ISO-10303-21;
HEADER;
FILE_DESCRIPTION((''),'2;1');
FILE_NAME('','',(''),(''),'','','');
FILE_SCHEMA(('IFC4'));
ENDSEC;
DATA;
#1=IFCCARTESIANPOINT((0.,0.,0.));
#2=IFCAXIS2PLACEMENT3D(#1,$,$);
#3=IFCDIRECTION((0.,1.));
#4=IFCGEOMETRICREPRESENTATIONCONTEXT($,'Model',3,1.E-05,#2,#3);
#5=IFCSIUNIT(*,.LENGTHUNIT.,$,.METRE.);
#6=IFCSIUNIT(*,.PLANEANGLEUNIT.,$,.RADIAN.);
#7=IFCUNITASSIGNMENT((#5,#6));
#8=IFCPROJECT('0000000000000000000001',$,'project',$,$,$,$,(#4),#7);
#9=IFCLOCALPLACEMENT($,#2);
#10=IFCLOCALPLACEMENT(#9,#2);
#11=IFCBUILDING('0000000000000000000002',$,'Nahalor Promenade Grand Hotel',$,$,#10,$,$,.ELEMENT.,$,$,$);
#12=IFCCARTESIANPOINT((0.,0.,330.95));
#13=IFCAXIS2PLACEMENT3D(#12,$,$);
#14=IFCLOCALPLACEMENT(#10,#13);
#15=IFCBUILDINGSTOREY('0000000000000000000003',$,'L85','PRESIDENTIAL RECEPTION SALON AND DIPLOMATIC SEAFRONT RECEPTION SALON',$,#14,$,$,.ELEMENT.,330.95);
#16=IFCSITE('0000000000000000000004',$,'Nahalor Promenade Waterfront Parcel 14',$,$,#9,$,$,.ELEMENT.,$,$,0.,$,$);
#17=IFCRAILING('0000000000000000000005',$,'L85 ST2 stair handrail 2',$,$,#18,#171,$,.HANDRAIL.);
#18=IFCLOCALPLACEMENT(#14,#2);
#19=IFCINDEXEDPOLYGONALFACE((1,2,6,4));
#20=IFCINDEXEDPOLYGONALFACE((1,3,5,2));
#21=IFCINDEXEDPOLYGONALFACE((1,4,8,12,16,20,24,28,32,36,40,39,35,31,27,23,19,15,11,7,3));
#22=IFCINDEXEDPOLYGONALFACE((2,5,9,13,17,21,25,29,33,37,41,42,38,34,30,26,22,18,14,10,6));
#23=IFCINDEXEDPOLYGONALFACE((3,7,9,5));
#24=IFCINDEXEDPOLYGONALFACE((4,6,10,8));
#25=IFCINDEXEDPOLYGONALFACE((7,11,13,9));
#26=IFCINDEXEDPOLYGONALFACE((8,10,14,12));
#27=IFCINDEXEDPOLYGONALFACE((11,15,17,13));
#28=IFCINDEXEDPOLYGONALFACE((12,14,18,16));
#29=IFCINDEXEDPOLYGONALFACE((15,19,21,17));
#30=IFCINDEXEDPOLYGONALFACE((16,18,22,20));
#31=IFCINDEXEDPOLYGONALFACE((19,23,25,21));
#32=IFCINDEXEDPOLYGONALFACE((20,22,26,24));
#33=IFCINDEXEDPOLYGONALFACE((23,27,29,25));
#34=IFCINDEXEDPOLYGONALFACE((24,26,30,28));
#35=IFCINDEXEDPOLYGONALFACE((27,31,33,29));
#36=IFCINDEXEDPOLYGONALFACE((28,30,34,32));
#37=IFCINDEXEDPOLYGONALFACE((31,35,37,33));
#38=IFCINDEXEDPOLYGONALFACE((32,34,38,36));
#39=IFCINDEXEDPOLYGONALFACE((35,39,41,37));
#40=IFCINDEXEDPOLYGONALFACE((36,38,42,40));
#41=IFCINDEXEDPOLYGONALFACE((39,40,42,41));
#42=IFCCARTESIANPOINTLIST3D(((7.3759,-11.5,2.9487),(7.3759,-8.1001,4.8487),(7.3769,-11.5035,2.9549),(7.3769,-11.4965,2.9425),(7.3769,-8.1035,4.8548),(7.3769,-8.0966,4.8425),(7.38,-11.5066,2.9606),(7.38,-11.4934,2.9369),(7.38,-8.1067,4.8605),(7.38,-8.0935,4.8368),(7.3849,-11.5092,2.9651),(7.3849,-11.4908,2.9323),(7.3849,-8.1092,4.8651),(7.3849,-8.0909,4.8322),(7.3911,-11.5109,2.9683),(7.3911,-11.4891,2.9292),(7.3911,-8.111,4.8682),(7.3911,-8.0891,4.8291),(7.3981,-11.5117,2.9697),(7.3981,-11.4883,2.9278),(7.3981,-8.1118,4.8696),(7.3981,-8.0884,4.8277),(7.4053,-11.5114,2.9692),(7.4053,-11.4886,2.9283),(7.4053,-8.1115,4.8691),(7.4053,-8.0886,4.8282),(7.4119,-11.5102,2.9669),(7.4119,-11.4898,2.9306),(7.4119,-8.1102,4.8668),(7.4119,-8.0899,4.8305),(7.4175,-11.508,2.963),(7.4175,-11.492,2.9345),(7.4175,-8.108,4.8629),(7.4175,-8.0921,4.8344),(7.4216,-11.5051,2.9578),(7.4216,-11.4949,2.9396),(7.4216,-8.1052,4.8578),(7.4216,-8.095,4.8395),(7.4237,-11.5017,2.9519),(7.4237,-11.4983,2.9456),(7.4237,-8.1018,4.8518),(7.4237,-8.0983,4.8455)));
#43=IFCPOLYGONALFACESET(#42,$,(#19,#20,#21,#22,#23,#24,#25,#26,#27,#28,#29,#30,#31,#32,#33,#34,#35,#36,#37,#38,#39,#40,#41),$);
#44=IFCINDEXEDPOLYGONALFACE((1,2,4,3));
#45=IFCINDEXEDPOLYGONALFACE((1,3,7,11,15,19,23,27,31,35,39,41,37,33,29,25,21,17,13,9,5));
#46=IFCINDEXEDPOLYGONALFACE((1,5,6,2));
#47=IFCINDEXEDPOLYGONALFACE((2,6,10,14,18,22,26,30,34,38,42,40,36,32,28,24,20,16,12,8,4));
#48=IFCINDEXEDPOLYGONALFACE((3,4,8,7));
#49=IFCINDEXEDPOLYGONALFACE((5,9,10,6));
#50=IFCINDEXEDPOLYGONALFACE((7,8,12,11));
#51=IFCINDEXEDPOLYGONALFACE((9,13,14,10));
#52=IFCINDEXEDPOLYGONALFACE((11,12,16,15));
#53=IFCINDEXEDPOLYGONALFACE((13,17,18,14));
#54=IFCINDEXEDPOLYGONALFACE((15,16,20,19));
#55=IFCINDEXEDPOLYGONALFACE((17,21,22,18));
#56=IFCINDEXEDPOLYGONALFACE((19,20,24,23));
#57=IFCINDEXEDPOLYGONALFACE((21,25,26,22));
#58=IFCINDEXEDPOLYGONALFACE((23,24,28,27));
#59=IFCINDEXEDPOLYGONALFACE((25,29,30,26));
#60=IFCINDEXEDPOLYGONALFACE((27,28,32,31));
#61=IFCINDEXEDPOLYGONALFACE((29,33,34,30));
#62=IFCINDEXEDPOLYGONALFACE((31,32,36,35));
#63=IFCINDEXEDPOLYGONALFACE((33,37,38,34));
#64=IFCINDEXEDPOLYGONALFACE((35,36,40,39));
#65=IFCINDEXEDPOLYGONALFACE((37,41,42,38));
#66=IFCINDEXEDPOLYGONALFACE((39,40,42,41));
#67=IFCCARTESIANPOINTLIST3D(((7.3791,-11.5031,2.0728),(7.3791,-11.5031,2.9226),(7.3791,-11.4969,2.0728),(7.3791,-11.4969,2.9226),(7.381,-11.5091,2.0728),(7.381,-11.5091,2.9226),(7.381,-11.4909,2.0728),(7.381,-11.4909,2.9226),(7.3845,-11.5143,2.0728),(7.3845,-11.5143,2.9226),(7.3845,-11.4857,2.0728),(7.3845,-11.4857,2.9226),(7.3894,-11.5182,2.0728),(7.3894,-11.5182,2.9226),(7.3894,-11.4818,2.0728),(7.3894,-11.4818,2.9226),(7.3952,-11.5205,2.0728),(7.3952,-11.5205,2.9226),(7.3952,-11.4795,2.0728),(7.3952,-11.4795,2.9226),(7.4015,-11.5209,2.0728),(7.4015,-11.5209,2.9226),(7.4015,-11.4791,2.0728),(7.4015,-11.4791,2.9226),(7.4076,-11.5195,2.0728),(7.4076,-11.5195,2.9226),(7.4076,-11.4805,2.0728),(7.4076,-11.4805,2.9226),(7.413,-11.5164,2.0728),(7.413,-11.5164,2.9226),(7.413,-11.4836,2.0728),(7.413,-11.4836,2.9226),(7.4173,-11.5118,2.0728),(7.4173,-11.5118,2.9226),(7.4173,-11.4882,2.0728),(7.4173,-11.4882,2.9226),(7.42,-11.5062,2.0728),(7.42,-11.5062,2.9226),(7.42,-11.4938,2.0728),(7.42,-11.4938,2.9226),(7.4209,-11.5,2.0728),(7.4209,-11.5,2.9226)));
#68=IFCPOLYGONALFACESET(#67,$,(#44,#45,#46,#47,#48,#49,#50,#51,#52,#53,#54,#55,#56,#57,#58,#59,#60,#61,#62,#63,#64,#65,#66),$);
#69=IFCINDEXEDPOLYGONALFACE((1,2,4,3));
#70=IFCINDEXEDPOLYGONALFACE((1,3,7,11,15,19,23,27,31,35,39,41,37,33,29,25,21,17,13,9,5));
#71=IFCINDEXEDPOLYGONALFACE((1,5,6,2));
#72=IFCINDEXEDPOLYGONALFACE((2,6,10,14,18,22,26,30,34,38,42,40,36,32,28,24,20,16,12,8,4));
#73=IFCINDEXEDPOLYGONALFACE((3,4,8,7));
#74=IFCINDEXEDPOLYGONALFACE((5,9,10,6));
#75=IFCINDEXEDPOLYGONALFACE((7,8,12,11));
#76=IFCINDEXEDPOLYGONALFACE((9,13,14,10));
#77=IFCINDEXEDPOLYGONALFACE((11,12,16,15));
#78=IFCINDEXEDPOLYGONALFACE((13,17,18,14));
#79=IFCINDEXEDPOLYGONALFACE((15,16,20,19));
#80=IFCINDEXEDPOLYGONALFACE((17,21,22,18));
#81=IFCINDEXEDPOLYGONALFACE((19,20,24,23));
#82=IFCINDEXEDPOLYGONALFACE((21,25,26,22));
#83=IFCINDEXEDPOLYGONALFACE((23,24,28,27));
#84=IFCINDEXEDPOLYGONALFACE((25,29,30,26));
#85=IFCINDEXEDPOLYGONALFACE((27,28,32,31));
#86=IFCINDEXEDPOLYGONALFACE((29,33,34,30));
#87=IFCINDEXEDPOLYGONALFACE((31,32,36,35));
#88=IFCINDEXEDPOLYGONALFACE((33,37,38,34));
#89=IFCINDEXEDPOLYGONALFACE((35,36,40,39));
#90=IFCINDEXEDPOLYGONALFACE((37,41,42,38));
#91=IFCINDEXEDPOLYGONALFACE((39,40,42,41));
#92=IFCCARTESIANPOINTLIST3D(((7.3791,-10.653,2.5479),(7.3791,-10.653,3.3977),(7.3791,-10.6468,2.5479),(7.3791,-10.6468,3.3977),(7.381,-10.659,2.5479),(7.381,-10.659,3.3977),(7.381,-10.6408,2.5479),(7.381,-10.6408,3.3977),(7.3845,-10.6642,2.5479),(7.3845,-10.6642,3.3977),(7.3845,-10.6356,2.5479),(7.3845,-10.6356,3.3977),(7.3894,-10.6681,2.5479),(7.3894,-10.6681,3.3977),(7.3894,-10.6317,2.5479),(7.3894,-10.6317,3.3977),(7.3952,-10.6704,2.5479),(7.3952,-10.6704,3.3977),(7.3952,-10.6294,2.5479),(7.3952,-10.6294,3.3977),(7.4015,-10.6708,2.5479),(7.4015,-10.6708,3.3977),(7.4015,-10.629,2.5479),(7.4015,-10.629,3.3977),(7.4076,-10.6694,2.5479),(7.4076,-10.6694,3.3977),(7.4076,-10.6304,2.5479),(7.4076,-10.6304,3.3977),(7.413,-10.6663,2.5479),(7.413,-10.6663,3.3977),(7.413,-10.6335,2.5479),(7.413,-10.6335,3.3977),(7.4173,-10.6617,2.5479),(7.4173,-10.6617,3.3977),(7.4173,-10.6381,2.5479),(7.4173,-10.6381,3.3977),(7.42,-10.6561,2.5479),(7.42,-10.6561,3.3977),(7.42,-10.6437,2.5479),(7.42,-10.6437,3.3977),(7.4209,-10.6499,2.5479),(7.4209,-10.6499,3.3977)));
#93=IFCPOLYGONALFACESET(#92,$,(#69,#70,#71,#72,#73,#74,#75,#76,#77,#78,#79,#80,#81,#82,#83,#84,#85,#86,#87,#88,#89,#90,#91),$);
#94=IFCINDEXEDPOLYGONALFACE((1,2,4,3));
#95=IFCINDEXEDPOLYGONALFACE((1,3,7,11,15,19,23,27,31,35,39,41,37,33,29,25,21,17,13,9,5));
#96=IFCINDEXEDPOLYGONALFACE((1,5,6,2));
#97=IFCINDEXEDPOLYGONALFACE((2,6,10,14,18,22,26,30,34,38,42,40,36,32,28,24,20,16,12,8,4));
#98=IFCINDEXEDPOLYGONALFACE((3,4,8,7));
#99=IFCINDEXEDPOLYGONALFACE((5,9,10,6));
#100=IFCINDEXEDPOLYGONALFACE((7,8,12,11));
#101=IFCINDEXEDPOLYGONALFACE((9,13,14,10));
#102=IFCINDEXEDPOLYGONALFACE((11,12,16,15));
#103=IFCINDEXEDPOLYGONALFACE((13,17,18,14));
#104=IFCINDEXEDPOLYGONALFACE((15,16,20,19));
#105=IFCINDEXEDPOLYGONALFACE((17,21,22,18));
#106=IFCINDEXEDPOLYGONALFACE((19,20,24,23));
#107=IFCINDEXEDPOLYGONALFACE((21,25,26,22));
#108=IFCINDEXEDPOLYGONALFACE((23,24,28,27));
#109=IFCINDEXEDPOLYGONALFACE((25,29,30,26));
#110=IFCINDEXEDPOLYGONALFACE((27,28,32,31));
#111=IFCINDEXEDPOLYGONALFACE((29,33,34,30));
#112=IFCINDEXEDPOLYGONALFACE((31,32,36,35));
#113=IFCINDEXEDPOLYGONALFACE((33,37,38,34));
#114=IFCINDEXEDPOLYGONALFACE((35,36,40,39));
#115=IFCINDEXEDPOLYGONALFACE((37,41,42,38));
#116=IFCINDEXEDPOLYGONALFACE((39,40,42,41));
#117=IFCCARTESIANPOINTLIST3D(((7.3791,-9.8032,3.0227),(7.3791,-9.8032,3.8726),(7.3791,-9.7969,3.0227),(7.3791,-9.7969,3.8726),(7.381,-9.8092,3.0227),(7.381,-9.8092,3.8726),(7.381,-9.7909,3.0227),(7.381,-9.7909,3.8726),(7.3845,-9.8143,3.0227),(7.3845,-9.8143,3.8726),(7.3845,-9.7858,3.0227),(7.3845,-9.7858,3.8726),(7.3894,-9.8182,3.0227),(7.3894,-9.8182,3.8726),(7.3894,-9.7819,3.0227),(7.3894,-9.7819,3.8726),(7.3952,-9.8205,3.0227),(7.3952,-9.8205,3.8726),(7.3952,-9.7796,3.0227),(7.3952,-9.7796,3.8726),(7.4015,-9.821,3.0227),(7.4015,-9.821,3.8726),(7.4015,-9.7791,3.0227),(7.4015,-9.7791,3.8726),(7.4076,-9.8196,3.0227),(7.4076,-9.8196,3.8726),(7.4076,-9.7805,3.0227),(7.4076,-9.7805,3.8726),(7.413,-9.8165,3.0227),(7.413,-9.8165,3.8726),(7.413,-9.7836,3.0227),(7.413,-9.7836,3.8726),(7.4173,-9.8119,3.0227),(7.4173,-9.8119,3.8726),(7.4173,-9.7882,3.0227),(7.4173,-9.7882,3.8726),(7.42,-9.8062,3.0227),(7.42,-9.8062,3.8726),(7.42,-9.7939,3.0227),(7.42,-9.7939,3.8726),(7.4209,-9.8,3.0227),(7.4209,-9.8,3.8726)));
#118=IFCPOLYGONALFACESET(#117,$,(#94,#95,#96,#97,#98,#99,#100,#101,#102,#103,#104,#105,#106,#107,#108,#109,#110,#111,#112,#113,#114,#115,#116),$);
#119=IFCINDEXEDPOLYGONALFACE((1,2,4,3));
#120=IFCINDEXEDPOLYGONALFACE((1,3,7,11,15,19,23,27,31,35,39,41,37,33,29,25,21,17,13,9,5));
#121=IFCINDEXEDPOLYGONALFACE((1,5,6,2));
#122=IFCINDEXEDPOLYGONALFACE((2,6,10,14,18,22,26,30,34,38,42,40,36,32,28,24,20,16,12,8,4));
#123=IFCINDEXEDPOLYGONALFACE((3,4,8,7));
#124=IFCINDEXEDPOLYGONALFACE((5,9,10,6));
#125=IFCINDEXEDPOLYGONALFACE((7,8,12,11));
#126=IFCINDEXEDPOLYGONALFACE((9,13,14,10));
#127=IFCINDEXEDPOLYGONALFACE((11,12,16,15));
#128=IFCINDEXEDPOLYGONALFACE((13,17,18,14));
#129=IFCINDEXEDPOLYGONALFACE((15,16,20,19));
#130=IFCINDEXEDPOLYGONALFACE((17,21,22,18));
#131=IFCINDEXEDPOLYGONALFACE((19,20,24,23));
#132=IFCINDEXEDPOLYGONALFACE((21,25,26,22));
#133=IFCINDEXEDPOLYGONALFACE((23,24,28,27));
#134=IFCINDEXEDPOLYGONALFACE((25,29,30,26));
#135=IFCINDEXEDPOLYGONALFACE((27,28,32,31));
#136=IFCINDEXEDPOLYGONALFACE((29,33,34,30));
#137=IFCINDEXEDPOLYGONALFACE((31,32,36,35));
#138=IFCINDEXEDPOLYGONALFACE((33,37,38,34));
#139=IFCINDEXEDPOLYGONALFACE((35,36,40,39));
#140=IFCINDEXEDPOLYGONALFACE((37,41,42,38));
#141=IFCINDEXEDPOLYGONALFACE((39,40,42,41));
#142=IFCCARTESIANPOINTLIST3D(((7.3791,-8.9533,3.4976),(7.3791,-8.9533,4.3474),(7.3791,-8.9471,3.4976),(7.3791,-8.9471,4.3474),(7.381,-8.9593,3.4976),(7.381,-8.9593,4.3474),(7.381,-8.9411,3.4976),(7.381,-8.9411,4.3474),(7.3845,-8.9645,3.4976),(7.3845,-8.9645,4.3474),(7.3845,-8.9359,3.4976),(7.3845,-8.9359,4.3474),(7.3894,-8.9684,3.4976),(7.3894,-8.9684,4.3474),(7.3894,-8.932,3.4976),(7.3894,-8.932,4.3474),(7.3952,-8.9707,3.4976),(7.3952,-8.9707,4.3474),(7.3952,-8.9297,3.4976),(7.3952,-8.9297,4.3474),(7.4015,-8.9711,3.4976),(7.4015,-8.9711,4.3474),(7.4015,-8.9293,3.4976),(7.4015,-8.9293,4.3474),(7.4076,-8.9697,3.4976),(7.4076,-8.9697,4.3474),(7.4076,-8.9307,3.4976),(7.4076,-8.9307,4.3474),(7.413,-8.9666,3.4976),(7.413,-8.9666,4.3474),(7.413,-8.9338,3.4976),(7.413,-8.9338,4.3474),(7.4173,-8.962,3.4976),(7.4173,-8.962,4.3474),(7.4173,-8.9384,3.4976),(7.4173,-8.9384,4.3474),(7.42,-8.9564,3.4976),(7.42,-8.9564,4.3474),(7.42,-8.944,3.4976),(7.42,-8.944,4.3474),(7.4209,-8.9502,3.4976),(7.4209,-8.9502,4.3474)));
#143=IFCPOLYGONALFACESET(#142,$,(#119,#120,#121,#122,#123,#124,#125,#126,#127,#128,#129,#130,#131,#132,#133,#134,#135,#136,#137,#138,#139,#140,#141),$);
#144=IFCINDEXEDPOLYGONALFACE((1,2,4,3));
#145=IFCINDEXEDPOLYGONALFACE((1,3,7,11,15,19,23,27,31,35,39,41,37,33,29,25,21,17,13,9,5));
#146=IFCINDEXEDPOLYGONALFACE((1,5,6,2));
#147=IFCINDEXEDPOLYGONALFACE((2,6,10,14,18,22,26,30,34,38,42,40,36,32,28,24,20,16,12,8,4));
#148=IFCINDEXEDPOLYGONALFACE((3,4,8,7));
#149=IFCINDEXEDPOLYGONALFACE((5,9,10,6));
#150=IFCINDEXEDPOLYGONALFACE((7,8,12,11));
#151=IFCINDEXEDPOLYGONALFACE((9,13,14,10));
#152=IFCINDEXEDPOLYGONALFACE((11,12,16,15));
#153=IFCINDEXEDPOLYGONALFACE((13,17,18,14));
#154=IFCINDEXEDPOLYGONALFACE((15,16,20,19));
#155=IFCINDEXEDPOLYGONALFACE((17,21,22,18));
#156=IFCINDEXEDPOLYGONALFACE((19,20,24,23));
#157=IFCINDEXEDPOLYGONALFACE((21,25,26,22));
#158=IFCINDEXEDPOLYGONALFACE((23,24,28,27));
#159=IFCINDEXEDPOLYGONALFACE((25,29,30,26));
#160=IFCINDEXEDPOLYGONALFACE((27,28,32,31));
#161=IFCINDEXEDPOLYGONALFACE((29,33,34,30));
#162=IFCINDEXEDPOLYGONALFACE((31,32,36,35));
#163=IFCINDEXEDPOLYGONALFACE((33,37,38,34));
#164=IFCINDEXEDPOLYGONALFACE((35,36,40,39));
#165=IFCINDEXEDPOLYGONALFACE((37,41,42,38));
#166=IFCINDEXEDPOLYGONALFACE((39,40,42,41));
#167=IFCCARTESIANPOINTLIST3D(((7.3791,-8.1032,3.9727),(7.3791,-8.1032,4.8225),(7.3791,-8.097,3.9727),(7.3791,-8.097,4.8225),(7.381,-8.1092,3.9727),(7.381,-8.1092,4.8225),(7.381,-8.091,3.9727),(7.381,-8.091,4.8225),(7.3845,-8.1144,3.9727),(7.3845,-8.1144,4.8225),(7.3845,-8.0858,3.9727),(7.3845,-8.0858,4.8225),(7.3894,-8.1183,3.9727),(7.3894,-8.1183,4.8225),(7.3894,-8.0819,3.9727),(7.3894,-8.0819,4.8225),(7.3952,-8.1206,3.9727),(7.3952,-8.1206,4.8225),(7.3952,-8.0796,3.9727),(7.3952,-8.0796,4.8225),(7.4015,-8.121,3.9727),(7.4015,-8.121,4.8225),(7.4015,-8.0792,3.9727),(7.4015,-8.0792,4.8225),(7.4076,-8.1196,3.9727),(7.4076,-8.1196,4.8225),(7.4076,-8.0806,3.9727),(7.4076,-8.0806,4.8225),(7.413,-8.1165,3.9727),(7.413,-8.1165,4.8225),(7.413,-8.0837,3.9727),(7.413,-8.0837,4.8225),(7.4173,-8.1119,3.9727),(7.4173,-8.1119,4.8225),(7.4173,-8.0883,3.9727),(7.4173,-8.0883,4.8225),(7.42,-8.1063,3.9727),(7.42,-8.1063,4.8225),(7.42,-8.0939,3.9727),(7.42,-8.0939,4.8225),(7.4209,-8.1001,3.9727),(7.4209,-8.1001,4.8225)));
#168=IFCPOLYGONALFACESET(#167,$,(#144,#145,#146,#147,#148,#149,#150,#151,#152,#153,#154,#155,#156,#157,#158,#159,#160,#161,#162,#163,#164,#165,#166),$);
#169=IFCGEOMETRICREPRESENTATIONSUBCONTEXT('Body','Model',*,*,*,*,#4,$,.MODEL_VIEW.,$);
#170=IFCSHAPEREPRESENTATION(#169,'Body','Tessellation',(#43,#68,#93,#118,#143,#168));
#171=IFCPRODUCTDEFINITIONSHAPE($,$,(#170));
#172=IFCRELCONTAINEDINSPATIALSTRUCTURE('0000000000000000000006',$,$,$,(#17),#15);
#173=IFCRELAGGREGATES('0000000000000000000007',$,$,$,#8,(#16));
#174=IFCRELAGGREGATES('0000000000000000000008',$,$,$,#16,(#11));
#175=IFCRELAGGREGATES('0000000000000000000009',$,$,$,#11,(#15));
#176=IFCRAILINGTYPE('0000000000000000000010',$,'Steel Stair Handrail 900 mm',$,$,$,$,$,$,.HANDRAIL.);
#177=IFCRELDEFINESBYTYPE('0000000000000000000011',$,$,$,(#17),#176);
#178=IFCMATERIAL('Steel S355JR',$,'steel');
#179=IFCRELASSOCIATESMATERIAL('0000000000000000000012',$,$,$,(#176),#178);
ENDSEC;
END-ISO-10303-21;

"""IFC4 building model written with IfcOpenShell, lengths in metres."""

from ifc_helpers import new_model, si_unit, direction, frame, origin, origin_2d, place, context, subcontext, project, spatial, circle, extrude, material, type_object, element, save


model = new_model("IFC4")

# Units and contexts
model_context = context("Model", 3, precision=1e-05, world=origin(), true_north=direction((0.0, 1.0)))
body_context = subcontext(model_context, "Body", "Model", "MODEL_VIEW")
ifc_project = project(units=[si_unit("LENGTHUNIT", "METRE"), si_unit("PLANEANGLEUNIT", "RADIAN")], contexts=[model_context])

# Site, building, storey
site_placement = place(None, origin())
site = spatial("IfcSite", under=ifc_project, at=site_placement, Name="Nahalor Promenade Waterfront Parcel 14", CompositionType="ELEMENT", RefElevation=0.0)
building_placement = place(site_placement, origin())
building = spatial("IfcBuilding", under=site, at=building_placement, Name="Nahalor Promenade Grand Hotel", CompositionType="ELEMENT")
storey_placement = place(building_placement, frame((0.0, 0.0, 330.95)))
storey = spatial("IfcBuildingStorey", under=building, at=storey_placement, Name="L85", Description="PRESIDENTIAL RECEPTION SALON AND DIPLOMATIC SEAFRONT RECEPTION SALON", CompositionType="ELEMENT", Elevation=330.95)

# Shared definitions
ifc_material_1 = material(Name="Steel S355JR", Category="steel")

# Railing
railing_type_1 = type_object("IfcRailingType", Name="Steel Stair Handrail 900 mm", PredefinedType="HANDRAIL", material=ifc_material_1)
railing_1_placement = place(storey_placement, frame((7.3999, -11.5, 2.0728)))
element("IfcRailing", 1, at=railing_1_placement, inside=storey, type_object=railing_type_1, Name="L85 ST2 stair handrail 2", PredefinedType="HANDRAIL", context=body_context, shape_type="SweptSolid", body=[
    extrude(circle(Radius=0.024, at=origin_2d()), frame((0.0, 0.0, 0.876), z_axis=(0.0, 0.872948, 0.487813), x_axis=(-1.0, 0.0, 0.0)), (0.0, 0.0, 1.0), 3.8948),
    extrude(circle(Radius=0.021, at=origin_2d()), origin(), (0.0, 0.0, 1.0), 0.8499),
    extrude(circle(Radius=0.021, at=origin_2d()), frame((0.0, 0.8501, 0.4751)), (0.0, 0.0, 1.0), 0.8499),
    extrude(circle(Radius=0.021, at=origin_2d()), frame((0.0, 1.7, 0.95)), (0.0, 0.0, 1.0), 0.8499),
    extrude(circle(Radius=0.021, at=origin_2d()), frame((0.0, 2.5498, 1.4248)), (0.0, 0.0, 1.0), 0.8499),
    extrude(circle(Radius=0.021, at=origin_2d()), frame((0.0, 3.3999, 1.8999)), (0.0, 0.0, 1.0), 0.8499),
])

save(model, "model.ifc")
